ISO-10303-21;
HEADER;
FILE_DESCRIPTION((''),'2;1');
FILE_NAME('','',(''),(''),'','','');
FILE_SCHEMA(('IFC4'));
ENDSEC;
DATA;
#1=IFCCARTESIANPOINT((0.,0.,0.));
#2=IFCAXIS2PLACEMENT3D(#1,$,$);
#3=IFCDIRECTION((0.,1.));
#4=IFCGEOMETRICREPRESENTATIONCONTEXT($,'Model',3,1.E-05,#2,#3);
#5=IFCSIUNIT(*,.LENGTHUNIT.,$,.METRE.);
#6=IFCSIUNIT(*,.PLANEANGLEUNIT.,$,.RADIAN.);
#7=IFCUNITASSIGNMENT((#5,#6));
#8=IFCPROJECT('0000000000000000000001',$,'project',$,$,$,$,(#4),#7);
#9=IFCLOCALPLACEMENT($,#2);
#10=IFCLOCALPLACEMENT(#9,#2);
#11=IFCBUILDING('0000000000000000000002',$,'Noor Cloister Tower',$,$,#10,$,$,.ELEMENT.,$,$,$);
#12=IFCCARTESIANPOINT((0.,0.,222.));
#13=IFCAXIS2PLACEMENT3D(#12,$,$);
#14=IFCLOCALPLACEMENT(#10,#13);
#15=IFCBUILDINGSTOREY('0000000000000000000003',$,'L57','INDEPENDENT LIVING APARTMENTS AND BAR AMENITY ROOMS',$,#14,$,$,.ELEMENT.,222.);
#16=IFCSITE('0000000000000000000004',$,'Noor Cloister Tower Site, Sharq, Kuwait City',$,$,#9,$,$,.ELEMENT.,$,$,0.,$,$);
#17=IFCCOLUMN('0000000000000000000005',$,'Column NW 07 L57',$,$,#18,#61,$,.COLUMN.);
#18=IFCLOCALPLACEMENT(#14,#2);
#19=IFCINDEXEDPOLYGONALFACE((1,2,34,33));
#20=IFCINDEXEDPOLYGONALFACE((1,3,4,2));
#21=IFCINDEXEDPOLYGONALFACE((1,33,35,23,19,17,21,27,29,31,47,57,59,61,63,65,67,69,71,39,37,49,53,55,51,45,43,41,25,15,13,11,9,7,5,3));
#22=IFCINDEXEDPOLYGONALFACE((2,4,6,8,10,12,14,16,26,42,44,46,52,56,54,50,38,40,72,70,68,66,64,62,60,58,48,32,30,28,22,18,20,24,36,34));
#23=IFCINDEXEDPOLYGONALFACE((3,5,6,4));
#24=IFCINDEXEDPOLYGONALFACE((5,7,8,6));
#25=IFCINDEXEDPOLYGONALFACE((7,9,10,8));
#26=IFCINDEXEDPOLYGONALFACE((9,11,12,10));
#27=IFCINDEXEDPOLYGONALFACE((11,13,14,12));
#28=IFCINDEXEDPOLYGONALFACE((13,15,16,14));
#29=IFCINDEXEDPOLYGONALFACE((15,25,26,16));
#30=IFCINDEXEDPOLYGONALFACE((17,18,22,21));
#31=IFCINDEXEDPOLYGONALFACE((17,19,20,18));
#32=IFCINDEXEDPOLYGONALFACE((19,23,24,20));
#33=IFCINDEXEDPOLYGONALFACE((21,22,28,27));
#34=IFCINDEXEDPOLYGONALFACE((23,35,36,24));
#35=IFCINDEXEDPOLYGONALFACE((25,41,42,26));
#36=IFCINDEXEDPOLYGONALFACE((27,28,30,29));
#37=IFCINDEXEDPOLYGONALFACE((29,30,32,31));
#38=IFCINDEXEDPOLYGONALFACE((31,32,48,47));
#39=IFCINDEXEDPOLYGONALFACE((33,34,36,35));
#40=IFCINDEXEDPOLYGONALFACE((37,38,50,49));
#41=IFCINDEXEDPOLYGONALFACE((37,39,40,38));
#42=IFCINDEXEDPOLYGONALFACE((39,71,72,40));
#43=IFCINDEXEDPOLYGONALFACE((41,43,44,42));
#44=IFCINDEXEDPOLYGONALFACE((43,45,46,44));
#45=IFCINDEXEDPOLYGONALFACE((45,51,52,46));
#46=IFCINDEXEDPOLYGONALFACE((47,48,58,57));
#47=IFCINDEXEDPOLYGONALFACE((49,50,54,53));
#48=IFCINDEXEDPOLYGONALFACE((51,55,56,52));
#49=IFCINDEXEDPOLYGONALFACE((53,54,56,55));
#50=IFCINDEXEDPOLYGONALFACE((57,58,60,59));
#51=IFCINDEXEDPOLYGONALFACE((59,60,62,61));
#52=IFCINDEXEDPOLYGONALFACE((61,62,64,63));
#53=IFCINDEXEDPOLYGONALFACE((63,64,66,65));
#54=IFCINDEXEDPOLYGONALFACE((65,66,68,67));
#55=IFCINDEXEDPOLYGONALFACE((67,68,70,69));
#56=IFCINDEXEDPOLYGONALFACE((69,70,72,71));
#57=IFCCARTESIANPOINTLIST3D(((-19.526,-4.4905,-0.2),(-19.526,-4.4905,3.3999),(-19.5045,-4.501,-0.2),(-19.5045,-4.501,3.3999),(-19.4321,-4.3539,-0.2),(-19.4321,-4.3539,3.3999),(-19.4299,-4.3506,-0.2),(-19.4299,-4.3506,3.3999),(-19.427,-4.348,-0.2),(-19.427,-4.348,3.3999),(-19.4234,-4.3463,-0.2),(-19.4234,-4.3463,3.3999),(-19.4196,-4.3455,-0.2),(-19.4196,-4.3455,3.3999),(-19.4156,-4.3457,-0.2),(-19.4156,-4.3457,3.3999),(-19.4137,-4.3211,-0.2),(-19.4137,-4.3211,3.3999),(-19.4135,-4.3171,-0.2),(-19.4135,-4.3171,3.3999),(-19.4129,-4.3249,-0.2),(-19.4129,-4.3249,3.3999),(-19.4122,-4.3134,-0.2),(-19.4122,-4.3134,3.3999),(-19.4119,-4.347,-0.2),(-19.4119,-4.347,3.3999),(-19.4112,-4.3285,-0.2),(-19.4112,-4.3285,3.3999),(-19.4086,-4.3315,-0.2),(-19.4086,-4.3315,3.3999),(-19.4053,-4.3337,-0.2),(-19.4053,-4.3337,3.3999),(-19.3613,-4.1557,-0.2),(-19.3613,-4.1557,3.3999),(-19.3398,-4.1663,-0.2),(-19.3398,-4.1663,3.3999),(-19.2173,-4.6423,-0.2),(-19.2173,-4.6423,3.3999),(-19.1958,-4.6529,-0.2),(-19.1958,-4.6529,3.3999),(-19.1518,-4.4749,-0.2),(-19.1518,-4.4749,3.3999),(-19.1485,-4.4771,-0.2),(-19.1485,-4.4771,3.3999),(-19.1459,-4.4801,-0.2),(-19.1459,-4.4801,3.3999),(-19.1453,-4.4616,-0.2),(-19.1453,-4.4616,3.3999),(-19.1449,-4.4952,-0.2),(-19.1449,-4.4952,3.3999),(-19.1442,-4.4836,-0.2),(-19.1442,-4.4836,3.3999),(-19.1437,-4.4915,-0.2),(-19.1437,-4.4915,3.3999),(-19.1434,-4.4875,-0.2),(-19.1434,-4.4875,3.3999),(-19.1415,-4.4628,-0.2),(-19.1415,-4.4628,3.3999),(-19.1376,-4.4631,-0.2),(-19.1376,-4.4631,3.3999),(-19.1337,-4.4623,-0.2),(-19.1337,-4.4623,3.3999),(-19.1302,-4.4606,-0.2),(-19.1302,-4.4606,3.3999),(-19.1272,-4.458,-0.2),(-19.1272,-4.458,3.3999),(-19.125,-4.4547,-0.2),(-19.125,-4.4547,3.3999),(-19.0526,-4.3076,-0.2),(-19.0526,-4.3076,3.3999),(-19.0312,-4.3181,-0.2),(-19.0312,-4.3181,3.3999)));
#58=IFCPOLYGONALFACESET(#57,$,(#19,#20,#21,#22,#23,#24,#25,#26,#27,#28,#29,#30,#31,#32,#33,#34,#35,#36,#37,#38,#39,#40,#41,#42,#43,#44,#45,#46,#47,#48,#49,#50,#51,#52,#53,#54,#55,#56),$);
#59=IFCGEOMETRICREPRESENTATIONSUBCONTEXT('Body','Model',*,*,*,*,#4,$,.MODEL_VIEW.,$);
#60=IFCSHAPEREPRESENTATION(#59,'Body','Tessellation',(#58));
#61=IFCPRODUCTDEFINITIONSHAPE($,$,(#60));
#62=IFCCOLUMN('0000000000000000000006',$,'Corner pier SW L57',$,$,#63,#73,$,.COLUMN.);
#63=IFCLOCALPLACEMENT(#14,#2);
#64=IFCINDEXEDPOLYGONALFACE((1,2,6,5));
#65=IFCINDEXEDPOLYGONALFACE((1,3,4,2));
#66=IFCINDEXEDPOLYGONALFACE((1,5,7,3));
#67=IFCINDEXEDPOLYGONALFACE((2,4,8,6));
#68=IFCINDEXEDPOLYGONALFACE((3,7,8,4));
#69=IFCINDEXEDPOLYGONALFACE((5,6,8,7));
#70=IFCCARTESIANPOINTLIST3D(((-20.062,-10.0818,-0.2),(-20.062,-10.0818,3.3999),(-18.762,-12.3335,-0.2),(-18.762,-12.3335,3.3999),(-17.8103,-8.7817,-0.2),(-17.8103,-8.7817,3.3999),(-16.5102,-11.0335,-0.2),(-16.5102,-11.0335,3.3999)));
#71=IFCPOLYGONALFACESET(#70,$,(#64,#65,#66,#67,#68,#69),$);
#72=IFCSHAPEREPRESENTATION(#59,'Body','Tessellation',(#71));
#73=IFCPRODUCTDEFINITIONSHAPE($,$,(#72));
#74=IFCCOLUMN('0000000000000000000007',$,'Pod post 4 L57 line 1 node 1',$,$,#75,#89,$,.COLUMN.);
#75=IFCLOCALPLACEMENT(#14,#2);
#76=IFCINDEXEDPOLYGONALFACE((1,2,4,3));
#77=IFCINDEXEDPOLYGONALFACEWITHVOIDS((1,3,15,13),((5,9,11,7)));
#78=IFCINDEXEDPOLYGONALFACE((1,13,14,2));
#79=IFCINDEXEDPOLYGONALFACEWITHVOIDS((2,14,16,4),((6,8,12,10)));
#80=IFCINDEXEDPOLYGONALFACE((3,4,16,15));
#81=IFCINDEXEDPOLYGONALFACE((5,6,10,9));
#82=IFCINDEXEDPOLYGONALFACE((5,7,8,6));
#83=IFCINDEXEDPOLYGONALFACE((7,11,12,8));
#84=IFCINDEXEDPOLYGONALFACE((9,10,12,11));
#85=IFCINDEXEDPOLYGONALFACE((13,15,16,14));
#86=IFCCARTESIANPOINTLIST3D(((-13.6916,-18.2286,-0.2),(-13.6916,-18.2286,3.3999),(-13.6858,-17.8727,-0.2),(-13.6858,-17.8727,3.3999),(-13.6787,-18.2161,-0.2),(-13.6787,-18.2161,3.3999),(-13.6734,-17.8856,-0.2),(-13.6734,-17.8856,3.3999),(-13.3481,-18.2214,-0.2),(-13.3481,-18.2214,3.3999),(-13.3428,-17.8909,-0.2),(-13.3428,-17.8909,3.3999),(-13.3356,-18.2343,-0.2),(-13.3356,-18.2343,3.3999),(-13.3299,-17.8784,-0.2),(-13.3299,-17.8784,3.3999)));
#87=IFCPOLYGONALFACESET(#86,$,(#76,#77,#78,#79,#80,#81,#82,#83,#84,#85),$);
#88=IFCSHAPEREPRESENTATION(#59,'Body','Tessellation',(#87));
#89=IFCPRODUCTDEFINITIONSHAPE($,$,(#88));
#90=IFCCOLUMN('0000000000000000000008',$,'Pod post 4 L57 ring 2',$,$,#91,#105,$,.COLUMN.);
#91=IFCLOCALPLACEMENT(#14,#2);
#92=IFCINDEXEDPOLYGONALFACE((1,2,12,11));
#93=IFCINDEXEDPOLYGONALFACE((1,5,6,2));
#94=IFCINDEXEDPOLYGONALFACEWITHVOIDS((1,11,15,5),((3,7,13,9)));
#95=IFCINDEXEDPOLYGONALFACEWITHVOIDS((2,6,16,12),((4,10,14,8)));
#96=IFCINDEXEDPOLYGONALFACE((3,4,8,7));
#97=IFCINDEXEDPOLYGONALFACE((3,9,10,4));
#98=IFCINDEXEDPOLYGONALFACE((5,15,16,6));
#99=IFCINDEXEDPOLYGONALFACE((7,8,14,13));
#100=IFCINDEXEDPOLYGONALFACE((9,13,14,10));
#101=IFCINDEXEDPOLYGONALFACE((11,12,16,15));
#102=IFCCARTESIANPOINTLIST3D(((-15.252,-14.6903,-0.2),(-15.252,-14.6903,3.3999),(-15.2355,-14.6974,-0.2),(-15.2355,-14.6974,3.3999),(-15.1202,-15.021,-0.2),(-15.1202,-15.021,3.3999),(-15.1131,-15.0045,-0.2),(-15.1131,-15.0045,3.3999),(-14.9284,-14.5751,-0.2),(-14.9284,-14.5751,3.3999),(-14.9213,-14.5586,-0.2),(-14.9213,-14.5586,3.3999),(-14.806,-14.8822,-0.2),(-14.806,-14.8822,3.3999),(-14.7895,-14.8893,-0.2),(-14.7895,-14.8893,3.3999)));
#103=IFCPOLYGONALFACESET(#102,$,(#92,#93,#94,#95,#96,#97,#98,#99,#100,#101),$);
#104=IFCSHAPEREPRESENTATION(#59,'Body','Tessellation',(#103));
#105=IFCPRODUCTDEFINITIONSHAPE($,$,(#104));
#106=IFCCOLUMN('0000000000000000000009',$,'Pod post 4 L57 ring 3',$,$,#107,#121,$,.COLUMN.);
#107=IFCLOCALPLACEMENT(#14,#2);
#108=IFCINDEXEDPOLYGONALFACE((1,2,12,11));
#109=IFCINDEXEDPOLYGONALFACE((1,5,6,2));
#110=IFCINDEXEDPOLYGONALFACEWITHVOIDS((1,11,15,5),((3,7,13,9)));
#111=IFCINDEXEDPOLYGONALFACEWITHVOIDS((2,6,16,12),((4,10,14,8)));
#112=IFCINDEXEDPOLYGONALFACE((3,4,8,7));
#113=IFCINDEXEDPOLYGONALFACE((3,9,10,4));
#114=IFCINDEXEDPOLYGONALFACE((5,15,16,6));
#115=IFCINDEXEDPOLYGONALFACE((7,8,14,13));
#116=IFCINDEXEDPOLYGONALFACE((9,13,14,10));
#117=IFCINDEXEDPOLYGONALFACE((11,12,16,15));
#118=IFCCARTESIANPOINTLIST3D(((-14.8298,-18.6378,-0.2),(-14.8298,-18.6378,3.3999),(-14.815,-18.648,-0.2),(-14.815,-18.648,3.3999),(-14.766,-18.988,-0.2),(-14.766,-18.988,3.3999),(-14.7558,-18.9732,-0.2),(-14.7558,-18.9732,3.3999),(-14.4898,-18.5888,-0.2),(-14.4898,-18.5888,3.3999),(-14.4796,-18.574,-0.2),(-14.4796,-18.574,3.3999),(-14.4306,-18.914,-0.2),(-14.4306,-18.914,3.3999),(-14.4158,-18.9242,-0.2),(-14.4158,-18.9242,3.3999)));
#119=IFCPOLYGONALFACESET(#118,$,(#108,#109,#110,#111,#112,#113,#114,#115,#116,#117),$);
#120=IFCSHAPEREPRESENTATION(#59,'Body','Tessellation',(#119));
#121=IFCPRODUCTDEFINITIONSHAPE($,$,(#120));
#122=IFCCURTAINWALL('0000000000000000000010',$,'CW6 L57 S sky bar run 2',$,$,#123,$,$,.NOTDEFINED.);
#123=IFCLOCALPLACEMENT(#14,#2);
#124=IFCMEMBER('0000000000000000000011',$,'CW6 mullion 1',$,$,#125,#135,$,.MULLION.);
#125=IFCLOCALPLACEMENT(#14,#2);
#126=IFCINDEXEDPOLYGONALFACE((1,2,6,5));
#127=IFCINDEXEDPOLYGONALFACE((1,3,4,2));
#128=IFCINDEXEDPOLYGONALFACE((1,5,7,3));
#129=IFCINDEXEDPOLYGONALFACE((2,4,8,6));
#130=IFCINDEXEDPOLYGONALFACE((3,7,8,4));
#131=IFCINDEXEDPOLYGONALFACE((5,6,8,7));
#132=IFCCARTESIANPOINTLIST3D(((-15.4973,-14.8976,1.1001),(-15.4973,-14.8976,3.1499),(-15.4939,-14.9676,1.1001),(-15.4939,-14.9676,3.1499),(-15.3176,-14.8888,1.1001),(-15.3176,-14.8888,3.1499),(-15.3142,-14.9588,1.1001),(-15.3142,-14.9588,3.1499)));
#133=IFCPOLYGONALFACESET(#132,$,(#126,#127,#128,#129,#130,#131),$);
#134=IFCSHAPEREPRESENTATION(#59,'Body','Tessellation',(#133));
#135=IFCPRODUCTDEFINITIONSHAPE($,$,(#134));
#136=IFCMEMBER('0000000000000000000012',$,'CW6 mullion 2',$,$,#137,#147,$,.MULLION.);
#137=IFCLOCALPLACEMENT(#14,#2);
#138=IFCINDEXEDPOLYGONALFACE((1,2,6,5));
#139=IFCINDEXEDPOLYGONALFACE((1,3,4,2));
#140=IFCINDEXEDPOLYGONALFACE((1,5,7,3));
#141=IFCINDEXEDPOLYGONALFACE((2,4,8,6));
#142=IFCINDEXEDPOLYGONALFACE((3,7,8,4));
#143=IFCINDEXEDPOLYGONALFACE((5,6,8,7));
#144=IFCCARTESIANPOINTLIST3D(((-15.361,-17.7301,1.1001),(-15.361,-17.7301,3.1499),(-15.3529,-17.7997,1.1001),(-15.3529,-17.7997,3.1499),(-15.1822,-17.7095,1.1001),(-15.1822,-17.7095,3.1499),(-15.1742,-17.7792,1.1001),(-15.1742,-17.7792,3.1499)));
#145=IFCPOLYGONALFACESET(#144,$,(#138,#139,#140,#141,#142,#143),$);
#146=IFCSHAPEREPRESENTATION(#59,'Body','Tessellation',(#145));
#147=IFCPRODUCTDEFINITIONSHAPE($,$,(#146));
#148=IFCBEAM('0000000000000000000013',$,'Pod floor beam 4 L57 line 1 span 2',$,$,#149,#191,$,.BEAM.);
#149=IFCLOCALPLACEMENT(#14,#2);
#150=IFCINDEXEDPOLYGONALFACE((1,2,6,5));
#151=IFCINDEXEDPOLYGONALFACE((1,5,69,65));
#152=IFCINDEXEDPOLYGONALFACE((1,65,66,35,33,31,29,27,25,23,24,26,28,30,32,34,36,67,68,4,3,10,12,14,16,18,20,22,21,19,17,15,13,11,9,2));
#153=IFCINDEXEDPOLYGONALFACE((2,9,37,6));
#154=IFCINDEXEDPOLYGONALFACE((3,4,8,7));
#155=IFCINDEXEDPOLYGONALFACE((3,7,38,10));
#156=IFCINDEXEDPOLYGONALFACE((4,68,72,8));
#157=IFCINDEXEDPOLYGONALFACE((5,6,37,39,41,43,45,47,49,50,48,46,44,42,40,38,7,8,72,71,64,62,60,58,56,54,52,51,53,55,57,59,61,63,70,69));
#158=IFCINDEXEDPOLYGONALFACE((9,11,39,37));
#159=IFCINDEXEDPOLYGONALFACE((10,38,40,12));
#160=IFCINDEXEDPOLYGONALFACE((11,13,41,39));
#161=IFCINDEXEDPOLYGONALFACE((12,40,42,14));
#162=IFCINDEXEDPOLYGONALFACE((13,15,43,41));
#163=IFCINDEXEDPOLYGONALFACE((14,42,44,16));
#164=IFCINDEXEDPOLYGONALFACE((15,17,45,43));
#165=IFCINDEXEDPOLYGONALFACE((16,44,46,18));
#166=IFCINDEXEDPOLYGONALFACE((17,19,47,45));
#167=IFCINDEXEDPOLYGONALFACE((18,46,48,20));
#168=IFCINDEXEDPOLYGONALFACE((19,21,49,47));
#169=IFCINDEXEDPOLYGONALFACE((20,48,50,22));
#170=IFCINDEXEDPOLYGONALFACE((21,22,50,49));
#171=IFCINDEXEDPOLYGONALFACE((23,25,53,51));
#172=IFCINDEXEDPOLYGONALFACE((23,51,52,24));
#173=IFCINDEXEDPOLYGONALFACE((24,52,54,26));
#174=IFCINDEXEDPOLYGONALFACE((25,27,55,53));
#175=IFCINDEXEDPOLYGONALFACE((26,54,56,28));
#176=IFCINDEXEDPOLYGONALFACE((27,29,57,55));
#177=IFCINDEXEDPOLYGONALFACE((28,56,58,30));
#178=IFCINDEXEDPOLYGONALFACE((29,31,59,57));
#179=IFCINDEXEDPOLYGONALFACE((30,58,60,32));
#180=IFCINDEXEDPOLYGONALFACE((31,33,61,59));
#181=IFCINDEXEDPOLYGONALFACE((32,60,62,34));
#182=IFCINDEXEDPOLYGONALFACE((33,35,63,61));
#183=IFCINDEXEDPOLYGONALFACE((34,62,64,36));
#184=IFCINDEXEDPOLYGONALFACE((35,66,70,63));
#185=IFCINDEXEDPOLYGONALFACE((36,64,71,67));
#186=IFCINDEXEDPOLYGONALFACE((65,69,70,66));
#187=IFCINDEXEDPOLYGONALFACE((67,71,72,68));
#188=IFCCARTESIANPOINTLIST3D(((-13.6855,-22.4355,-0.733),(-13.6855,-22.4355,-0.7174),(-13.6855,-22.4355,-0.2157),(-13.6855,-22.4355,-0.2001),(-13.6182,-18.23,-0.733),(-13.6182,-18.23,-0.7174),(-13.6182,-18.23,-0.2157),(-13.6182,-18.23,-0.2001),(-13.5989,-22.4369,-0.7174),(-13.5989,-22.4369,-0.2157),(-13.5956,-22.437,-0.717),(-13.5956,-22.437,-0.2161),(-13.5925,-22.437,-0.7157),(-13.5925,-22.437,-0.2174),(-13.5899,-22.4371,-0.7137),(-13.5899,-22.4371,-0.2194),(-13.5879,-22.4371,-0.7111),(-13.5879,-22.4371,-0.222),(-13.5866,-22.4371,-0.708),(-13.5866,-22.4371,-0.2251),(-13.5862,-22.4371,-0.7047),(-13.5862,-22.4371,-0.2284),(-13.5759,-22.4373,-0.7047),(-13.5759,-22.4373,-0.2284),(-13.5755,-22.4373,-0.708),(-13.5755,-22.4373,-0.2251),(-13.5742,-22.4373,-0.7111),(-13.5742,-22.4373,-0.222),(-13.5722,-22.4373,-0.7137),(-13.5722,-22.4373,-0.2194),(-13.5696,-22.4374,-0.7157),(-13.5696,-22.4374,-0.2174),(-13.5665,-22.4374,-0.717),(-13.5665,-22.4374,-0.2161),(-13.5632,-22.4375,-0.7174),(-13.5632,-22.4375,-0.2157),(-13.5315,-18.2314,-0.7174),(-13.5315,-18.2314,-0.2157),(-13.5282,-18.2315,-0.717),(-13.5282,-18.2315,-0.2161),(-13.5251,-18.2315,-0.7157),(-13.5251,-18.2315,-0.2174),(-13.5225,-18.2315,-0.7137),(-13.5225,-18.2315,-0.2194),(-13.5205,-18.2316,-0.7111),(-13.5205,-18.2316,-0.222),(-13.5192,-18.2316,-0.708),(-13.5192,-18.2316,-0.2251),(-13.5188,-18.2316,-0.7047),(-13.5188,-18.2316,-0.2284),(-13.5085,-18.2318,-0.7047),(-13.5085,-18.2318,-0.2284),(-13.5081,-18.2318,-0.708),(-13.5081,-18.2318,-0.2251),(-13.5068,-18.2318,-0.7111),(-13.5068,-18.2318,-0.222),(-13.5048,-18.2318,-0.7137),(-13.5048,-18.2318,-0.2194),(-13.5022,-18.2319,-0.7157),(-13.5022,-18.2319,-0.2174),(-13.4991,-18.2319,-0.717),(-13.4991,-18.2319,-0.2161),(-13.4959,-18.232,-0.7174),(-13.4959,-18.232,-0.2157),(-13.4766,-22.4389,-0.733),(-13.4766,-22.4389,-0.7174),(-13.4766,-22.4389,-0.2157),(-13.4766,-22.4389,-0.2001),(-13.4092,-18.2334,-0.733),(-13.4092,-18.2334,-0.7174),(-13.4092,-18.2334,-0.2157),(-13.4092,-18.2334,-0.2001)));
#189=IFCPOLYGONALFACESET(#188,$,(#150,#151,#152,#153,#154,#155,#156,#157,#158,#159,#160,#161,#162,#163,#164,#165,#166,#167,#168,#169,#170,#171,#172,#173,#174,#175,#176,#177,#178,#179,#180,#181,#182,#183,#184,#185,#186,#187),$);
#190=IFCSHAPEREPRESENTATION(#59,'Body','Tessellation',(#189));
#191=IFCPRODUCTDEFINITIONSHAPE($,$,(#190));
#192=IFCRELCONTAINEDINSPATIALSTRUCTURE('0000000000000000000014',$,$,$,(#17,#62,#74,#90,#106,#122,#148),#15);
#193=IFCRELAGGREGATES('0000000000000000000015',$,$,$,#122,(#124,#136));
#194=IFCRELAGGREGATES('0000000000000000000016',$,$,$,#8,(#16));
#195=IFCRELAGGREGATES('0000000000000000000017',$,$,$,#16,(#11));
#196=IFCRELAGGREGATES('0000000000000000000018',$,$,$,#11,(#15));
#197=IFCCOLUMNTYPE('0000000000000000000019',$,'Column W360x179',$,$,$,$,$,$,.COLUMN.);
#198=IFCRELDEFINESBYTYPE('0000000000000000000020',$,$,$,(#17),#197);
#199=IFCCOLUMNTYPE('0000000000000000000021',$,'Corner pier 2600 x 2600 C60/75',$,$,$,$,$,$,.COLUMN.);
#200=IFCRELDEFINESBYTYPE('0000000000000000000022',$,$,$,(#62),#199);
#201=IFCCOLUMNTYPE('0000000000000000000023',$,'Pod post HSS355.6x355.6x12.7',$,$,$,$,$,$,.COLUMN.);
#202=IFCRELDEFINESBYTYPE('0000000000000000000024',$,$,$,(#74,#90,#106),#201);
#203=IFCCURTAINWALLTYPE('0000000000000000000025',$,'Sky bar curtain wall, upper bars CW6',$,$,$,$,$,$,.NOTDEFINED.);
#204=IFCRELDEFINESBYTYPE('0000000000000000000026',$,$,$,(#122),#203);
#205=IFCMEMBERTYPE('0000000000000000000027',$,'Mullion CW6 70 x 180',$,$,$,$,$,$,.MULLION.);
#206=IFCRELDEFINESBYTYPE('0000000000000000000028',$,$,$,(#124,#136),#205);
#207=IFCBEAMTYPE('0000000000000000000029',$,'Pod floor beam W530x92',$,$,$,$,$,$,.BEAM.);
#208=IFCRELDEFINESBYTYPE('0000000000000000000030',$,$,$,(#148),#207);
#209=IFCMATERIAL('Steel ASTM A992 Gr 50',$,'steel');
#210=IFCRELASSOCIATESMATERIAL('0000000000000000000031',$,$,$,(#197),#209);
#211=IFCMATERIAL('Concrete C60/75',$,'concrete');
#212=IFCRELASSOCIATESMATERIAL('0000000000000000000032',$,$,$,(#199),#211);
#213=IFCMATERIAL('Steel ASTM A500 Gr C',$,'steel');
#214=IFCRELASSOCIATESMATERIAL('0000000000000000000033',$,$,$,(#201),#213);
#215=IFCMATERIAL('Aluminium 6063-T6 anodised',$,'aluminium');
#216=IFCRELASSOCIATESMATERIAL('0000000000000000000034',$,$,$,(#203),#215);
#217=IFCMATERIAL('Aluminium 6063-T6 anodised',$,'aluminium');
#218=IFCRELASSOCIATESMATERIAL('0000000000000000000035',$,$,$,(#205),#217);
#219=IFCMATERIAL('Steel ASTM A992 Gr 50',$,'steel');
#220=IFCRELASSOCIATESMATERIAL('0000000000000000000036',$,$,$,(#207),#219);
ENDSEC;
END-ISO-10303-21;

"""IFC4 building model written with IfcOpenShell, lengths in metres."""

from ifc_helpers import new_model, si_unit, direction, frame, origin, origin_2d, place, context, subcontext, project, spatial, rectangle, hollow_rectangle, i_section, extrude, material, material_profile, profile_set, type_object, element, aggregate, save


model = new_model("IFC4")

# Units and contexts
model_context = context("Model", 3, precision=1e-05, world=origin(), true_north=direction((0.0, 1.0)))
body_context = subcontext(model_context, "Body", "Model", "MODEL_VIEW")
ifc_project = project(units=[si_unit("LENGTHUNIT", "METRE"), si_unit("PLANEANGLEUNIT", "RADIAN")], contexts=[model_context])

# Site, building, storey
site_placement = place(None, origin())
site = spatial("IfcSite", under=ifc_project, at=site_placement, Name="Noor Cloister Tower Site, Sharq, Kuwait City", CompositionType="ELEMENT", RefElevation=0.0)
building_placement = place(site_placement, origin())
building = spatial("IfcBuilding", under=site, at=building_placement, Name="Noor Cloister Tower", CompositionType="ELEMENT")
storey_placement = place(building_placement, frame((0.0, 0.0, 222.0)))
storey = spatial("IfcBuildingStorey", under=building, at=storey_placement, Name="L57", Description="INDEPENDENT LIVING APARTMENTS AND BAR AMENITY ROOMS", CompositionType="ELEMENT", Elevation=222.0)

# Columns
ifc_material_1 = material(Name="Steel ASTM A992 Gr 50", Category="steel")
ifc_material_profile_1 = material_profile(ifc_material_1, i_section(OverallWidth=0.373, OverallDepth=0.3679, WebThickness=0.0149, FlangeThickness=0.0239, FilletRadius=0.0151, at=origin_2d()), Name="W360x179")
ifc_profile_set_1 = profile_set([ifc_material_profile_1], Name="Steel ASTM A992 Gr 50")
column_type_1 = type_object("IfcColumnType", Name="Column W360x179", PredefinedType="COLUMN", material=ifc_profile_set_1)
column_1_placement = place(storey_placement, frame((-19.2786, -4.4043, -0.2), z_axis=(0.0, 0.0, 1.0), x_axis=(-0.441436, -0.897293, 0.0)))
element("IfcColumn", 1, at=column_1_placement, inside=storey, type_object=column_type_1, Name="Column NW 07 L57", PredefinedType="COLUMN", context=body_context, shape_type="SweptSolid", body=[
    extrude(i_section(OverallWidth=0.373, OverallDepth=0.3679, WebThickness=0.0149, FlangeThickness=0.0239, FilletRadius=0.0151, at=origin_2d()), origin(), (0.0, 0.0, 1.0), 3.5999),
])
ifc_material_2 = material(Name="Concrete C60/75", Category="concrete")
ifc_material_profile_2 = material_profile(ifc_material_2, rectangle(XDim=2.6001, YDim=2.6001, at=origin_2d()), Name="RC 2600x2600")
ifc_profile_set_2 = profile_set([ifc_material_profile_2], Name="Concrete C60/75")
column_type_2 = type_object("IfcColumnType", Name="Corner pier 2600 x 2600 C60/75", PredefinedType="COLUMN", material=ifc_profile_set_2)
column_2_placement = place(storey_placement, frame((-18.2861, -10.5576, -0.2), z_axis=(0.0, 0.0, 1.0), x_axis=(-0.866025, -0.5, 0.0)))
element("IfcColumn", 2, at=column_2_placement, inside=storey, type_object=column_type_2, Name="Corner pier SW L57", PredefinedType="COLUMN", context=body_context, shape_type="SweptSolid", body=[
    extrude(rectangle(XDim=2.6001, YDim=2.6001, at=origin_2d()), origin(), (0.0, 0.0, 1.0), 3.5999),
])
ifc_material_3 = material(Name="Steel ASTM A500 Gr C", Category="steel")
ifc_material_profile_3 = material_profile(ifc_material_3, hollow_rectangle(XDim=0.356, YDim=0.356, WallThickness=0.0127, at=origin_2d()), Name="HSS355.6x355.6x12.7")
ifc_profile_set_3 = profile_set([ifc_material_profile_3], Name="Steel ASTM A500 Gr C")
column_type_3 = type_object("IfcColumnType", Name="Pod post HSS355.6x355.6x12.7", PredefinedType="COLUMN", material=ifc_profile_set_3)
for number, where, z_axis, x_axis, name in (
    (3, (-13.5107, -18.0535, -0.2), (0.0, 0.0, 1.0), (-0.016039, -0.999871, 0.0), "Pod post 4 L57 line 1 node 1"),
    (4, (-15.0208, -14.7898, -0.2), (0.0, 0.0, 1.0), (0.370053, -0.929011, 0.0), "Pod post 4 L57 ring 2"),
    (5, (-14.6228, -18.781, -0.2), (0.0, 0.0, 1.0), (0.179302, -0.983794, 0.0), "Pod post 4 L57 ring 3"),
):
    element("IfcColumn", number, at=place(storey_placement, frame(where, z_axis=z_axis, x_axis=x_axis)), inside=storey, type_object=column_type_3, Name=name, PredefinedType="COLUMN", context=body_context, shape_type="SweptSolid", body=[
        extrude(hollow_rectangle(XDim=0.356, YDim=0.356, WallThickness=0.0127, at=origin_2d()), origin(), (0.0, 0.0, 1.0), 3.5999),
    ])

# Curtain wall, members
ifc_material_4 = material(Name="Aluminium 6063-T6 anodised", Category="aluminium")
curtain_wall_type = type_object("IfcCurtainWallType", Name="Sky bar curtain wall, upper bars CW6", PredefinedType="NOTDEFINED", material=ifc_material_4)
curtain_wall_placement = place(storey_placement, origin())
curtain_wall = element("IfcCurtainWall", 6, at=curtain_wall_placement, inside=storey, type_object=curtain_wall_type, Name="CW6 L57 S sky bar run 2", PredefinedType="NOTDEFINED")
ifc_material_5 = material(Name="Aluminium 6063-T6 anodised", Category="aluminium")
ifc_material_profile_4 = material_profile(ifc_material_5, rectangle(XDim=0.1799, YDim=0.0701, at=origin_2d()), Name="180 x 70 mullion")
ifc_profile_set_4 = profile_set([ifc_material_profile_4], Name="Aluminium 6063-T6 anodised")
member_type = type_object("IfcMemberType", Name="Mullion CW6 70 x 180", PredefinedType="MULLION", material=ifc_profile_set_4)
member_1_placement = place(storey_placement, frame((-15.4058, -14.9282, 1.1001), z_axis=(0.0, 0.0, 1.0), x_axis=(0.998807, 0.048823, 0.0)))
member_1 = element("IfcMember", 7, at=member_1_placement, type_object=member_type, Name="CW6 mullion 1", PredefinedType="MULLION", context=body_context, shape_type="SweptSolid", body=[
    extrude(rectangle(XDim=0.1799, YDim=0.0701, at=origin_2d()), origin(), (0.0, 0.0, 1.0), 2.0498),
])
member_2_placement = place(storey_placement, frame((-15.2676, -17.7546, 1.1001), z_axis=(0.0, 0.0, 1.0), x_axis=(0.993439, 0.114364, 0.0)))
member_2 = element("IfcMember", 8, at=member_2_placement, type_object=member_type, Name="CW6 mullion 2", PredefinedType="MULLION", context=body_context, shape_type="SweptSolid", body=[
    extrude(rectangle(XDim=0.1799, YDim=0.0701, at=origin_2d()), origin(), (0.0, 0.0, 1.0), 2.0498),
])

# Beam
ifc_material_6 = material(Name="Steel ASTM A992 Gr 50", Category="steel")
ifc_material_profile_5 = material_profile(ifc_material_6, i_section(OverallWidth=0.209, OverallDepth=0.533, WebThickness=0.0103, FlangeThickness=0.0156, FilletRadius=0.0127, at=origin_2d()), Name="W530x92")
ifc_profile_set_5 = profile_set([ifc_material_profile_5], Name="Steel ASTM A992 Gr 50")
beam_type = type_object("IfcBeamType", Name="Pod floor beam W530x92", PredefinedType="BEAM", material=ifc_profile_set_5)
beam_1_placement = place(storey_placement, frame((-13.5137, -18.2317, -0.4666), z_axis=(-0.01602, -0.999872, 0.0), x_axis=(0.999872, -0.01602, 0.0)))
element("IfcBeam", 9, at=beam_1_placement, inside=storey, type_object=beam_type, Name="Pod floor beam 4 L57 line 1 span 2", PredefinedType="BEAM", context=body_context, shape_type="SweptSolid", body=[
    extrude(i_section(OverallWidth=0.209, OverallDepth=0.533, WebThickness=0.0103, FlangeThickness=0.0156, FilletRadius=0.0127, at=origin_2d()), origin(), (0.0, 0.0, 1.0), 4.2061),
])

aggregate(curtain_wall, [member_1, member_2])

save(model, "model.ifc")
